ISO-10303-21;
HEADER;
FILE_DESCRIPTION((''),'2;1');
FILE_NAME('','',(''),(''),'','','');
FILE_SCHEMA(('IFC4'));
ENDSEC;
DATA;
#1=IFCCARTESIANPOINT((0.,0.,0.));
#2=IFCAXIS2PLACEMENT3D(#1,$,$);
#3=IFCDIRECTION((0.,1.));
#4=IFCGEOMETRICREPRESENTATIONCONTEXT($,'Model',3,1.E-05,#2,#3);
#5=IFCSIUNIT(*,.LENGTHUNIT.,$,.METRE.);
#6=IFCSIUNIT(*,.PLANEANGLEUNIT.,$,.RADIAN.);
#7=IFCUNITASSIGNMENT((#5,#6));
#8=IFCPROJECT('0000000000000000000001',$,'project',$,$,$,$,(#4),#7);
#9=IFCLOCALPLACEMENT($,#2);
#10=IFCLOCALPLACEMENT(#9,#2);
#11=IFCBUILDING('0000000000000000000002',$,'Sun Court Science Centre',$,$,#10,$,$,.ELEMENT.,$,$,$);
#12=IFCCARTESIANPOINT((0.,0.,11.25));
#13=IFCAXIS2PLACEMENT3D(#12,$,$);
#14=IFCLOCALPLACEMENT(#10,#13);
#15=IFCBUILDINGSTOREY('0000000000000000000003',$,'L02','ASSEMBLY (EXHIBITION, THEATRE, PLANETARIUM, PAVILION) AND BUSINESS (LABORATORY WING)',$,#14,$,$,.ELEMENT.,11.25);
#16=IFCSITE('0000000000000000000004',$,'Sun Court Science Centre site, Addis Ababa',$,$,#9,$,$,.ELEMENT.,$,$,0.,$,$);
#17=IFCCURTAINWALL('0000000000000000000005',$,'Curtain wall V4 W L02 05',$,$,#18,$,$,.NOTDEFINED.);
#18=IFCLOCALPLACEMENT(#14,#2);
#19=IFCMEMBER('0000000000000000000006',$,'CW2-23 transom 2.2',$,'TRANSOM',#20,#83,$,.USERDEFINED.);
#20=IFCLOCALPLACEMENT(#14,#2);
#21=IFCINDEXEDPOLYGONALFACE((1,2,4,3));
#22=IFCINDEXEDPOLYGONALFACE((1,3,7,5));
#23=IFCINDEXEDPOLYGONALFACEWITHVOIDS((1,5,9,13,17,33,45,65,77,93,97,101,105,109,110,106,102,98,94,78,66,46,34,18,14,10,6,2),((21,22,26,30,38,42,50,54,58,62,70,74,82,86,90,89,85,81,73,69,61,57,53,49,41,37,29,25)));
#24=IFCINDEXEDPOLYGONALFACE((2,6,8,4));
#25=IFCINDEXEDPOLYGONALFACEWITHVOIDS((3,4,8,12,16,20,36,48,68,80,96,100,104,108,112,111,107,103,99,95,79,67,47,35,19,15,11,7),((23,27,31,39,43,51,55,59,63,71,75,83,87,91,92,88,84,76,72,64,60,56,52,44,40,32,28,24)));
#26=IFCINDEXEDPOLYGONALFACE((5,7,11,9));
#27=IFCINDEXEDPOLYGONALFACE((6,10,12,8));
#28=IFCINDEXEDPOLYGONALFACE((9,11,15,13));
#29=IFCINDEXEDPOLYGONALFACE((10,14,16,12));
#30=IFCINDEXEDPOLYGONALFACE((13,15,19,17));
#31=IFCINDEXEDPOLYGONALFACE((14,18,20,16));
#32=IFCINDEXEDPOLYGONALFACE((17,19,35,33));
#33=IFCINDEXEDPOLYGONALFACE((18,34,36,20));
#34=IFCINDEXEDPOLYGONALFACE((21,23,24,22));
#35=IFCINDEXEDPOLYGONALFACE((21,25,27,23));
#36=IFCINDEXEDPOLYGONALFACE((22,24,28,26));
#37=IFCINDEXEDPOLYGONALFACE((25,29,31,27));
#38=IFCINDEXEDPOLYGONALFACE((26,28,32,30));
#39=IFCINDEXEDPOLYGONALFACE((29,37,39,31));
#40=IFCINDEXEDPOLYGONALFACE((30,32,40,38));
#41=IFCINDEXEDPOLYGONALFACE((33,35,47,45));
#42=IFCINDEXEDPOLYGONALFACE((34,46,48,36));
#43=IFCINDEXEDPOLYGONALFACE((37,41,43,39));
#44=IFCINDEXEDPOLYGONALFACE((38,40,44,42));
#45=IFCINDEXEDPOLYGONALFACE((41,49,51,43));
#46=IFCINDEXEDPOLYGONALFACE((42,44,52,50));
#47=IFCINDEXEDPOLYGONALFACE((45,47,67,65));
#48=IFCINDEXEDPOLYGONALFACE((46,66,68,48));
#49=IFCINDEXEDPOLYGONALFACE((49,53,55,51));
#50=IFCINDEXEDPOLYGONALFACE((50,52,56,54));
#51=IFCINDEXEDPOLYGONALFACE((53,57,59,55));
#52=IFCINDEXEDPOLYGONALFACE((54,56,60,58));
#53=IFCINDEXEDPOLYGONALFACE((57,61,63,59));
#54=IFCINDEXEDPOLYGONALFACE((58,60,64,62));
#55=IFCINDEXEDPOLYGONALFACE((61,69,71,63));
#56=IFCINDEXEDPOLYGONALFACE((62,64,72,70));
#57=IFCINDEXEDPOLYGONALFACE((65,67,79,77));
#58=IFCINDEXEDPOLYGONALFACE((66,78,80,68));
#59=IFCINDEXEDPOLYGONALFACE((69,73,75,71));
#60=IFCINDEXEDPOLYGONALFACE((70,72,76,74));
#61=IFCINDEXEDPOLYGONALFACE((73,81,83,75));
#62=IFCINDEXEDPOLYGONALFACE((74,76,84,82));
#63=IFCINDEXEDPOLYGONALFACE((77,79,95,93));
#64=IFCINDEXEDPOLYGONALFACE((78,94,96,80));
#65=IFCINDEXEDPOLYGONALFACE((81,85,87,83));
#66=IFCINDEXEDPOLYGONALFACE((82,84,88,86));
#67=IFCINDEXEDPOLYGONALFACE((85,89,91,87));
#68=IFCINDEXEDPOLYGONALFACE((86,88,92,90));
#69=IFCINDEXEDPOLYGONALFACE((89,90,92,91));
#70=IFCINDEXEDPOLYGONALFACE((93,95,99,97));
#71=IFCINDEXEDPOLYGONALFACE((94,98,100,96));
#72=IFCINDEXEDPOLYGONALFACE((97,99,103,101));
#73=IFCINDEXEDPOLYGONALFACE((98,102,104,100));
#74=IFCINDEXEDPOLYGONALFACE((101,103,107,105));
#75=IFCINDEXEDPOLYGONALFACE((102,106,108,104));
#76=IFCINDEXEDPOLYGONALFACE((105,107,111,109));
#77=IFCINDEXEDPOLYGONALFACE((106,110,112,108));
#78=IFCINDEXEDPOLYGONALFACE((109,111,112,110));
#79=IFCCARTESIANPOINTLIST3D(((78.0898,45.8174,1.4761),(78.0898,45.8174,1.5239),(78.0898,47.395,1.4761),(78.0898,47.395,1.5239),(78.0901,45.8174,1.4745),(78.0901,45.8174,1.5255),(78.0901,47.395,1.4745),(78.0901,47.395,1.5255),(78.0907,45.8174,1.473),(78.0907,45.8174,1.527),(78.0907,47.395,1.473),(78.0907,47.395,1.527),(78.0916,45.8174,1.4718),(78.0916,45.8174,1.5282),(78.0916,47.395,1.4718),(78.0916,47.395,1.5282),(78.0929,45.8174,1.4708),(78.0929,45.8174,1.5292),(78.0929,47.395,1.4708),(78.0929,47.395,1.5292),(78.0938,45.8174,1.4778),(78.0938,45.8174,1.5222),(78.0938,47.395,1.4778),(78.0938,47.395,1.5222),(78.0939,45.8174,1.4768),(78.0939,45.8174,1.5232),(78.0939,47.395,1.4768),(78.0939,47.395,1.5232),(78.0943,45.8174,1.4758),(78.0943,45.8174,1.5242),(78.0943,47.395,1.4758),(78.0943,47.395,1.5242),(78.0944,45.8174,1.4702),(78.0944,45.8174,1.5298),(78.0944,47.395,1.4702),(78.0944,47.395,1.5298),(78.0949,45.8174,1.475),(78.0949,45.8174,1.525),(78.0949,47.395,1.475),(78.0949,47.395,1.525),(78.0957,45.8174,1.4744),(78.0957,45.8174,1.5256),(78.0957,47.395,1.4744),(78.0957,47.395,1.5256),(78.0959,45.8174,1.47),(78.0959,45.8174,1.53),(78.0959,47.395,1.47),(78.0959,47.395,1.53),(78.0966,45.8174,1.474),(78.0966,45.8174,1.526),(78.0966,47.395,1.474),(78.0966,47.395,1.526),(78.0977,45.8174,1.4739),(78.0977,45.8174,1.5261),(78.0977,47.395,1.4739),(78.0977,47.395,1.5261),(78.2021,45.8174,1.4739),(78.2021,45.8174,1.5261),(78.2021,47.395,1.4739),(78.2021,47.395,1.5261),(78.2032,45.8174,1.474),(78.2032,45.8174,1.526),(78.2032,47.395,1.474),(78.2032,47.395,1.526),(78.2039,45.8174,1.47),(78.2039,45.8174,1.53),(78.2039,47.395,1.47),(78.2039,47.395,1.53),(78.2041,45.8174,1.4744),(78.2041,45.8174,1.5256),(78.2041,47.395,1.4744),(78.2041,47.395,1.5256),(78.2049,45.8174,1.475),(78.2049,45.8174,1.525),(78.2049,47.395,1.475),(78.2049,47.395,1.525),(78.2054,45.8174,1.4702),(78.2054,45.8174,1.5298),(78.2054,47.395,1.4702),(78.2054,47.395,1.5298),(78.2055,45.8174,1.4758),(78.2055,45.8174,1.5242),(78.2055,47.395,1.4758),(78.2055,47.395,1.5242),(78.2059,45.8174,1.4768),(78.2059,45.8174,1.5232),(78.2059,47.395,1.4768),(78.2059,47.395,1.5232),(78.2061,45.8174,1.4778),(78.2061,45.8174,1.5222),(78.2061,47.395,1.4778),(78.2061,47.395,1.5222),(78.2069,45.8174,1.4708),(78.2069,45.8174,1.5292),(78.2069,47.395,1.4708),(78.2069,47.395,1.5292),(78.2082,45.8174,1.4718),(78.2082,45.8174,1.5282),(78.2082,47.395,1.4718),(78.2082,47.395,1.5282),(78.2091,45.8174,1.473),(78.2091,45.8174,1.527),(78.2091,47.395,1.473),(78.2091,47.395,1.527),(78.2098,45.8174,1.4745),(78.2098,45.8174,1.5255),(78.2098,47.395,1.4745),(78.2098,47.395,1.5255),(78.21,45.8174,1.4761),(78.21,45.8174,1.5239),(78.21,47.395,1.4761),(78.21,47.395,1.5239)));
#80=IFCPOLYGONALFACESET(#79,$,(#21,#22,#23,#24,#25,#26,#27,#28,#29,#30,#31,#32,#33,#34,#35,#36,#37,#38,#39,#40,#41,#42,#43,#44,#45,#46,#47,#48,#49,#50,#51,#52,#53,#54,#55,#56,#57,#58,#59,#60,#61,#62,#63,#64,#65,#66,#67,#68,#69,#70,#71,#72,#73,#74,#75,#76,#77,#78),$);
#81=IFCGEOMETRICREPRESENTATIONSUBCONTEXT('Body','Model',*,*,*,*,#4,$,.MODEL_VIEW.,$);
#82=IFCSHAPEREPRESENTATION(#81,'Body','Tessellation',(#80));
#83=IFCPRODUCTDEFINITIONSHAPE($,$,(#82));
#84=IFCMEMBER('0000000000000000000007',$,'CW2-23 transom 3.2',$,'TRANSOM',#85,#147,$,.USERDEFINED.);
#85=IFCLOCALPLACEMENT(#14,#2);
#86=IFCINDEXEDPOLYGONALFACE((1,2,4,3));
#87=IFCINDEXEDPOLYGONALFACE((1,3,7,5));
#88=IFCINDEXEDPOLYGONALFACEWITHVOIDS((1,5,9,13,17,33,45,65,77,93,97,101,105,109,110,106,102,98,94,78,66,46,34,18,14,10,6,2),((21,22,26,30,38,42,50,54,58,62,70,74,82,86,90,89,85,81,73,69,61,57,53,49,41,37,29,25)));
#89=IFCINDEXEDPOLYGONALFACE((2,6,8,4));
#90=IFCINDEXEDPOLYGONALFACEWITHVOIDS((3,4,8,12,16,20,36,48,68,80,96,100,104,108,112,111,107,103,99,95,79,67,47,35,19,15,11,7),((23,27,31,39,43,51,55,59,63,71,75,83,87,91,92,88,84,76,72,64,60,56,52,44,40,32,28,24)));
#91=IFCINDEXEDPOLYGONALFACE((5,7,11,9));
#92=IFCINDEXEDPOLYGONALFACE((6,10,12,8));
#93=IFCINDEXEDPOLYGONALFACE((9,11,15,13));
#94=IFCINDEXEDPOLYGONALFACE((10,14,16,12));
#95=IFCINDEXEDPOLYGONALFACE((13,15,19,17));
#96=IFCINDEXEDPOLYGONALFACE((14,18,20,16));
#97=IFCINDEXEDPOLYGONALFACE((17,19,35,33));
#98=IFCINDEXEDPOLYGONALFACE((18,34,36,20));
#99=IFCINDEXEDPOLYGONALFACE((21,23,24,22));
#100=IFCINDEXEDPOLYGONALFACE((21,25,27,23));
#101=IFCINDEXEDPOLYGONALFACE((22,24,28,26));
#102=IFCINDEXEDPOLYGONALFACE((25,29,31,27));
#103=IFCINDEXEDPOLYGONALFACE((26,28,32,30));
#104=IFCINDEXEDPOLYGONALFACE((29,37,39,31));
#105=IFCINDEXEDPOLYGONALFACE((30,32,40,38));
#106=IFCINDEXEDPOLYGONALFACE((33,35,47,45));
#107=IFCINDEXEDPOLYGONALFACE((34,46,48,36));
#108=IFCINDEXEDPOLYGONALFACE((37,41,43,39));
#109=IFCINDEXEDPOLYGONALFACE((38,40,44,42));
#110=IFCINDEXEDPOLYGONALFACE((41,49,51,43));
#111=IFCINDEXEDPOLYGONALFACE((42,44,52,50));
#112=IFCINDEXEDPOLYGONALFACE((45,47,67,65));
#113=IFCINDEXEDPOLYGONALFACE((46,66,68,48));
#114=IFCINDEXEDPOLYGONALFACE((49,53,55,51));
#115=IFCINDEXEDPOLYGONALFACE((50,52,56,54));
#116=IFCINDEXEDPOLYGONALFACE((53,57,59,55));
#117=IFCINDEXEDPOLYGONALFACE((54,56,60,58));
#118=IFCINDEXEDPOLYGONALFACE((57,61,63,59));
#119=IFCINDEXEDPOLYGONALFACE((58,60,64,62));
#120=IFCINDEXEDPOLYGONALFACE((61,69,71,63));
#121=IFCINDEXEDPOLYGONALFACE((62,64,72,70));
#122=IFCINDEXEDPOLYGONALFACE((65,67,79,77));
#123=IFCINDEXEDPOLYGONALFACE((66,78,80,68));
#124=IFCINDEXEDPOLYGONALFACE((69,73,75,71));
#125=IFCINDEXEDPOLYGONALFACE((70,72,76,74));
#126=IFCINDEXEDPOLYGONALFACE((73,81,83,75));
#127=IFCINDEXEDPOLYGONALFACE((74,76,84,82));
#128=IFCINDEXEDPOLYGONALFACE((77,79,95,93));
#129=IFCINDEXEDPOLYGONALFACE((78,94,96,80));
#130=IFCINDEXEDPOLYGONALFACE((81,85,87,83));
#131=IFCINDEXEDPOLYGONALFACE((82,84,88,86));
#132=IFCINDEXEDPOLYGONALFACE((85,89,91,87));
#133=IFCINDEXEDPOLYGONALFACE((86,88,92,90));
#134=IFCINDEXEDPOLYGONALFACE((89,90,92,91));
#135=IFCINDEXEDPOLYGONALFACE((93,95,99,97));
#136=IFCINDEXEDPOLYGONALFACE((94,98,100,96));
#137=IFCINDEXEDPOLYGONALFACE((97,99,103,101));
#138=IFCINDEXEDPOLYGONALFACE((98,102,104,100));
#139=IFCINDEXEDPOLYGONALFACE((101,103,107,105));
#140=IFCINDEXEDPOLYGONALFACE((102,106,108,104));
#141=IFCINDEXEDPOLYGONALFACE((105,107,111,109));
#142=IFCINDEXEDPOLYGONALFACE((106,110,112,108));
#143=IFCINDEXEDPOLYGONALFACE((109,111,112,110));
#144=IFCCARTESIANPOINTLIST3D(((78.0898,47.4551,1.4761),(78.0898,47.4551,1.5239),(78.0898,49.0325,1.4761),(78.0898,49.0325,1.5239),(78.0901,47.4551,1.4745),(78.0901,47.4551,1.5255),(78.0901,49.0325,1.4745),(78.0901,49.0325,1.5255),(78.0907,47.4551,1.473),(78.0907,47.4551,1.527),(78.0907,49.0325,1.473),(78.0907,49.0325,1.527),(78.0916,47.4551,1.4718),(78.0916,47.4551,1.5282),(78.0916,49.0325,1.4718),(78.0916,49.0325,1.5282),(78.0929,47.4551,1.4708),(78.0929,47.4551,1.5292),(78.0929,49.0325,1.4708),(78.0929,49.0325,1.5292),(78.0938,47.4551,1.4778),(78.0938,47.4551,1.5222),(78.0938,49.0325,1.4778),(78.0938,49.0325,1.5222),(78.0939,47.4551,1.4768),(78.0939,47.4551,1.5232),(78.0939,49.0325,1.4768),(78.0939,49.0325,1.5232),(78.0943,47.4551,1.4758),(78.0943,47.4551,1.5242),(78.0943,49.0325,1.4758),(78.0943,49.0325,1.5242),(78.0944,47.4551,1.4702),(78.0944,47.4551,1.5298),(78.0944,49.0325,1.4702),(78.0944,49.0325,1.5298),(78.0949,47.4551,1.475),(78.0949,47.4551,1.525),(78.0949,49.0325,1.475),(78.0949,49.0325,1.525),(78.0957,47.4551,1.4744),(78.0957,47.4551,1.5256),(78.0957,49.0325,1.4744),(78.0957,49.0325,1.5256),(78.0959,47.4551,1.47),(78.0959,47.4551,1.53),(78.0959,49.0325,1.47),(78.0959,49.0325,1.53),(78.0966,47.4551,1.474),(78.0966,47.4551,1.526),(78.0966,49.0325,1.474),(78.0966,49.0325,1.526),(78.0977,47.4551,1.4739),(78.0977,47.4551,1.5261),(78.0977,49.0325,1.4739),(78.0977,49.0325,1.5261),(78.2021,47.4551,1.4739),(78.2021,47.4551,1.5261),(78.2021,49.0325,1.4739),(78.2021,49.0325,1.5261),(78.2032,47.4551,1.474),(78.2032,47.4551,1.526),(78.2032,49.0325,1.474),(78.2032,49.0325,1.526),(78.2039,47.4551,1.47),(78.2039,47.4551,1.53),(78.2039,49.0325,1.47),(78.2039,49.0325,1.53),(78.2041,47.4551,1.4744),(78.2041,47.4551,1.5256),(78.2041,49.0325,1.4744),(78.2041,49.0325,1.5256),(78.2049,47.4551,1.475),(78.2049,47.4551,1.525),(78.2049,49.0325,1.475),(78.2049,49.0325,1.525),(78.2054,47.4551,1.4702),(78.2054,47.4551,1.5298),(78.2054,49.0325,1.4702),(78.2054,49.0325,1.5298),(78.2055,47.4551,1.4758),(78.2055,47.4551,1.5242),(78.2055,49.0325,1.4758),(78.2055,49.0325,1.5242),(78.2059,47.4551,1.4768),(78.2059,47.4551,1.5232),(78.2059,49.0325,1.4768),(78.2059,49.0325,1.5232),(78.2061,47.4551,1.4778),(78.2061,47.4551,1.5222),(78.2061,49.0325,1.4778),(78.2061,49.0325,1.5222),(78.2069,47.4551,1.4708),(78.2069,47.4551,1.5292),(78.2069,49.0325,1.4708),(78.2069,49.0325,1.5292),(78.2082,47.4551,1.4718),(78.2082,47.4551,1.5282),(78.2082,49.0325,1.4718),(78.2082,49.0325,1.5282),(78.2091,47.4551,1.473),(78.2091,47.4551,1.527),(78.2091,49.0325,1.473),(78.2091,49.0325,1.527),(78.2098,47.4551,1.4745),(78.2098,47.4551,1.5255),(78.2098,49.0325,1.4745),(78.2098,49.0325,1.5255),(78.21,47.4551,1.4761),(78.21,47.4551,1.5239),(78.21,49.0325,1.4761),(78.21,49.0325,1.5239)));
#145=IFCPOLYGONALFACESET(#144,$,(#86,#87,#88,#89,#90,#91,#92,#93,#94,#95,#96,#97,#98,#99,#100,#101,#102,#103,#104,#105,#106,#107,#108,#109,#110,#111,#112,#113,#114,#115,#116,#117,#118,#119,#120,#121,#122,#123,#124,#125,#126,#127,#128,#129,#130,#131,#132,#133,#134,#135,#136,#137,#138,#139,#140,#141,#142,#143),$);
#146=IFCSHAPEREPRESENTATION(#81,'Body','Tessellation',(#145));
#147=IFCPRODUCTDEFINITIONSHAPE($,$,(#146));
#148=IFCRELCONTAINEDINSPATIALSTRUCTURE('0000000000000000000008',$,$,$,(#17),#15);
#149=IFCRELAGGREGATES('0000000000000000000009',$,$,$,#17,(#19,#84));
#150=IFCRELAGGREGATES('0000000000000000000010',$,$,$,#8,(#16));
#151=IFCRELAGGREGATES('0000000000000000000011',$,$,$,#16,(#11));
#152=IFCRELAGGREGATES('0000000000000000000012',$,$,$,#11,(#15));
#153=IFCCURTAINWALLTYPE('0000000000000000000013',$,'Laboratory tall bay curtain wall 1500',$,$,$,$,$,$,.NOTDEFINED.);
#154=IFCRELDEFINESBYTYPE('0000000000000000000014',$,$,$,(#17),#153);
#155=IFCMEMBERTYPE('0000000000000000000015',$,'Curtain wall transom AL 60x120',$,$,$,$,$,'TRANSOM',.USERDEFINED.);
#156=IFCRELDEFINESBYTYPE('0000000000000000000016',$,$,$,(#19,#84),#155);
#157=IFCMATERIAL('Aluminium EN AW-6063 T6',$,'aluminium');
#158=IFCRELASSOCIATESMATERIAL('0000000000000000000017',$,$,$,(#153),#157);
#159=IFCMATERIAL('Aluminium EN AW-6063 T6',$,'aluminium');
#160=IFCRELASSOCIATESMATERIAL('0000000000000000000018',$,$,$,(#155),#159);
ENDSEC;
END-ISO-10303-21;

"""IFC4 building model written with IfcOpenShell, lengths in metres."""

from ifc_helpers import new_model, si_unit, direction, frame, origin, origin_2d, place, context, subcontext, project, spatial, hollow_rectangle, extrude, material, material_profile, profile_set, type_object, element, aggregate, save


model = new_model("IFC4")

# Units and contexts
model_context = context("Model", 3, precision=1e-05, world=origin(), true_north=direction((0.0, 1.0)))
body_context = subcontext(model_context, "Body", "Model", "MODEL_VIEW")
ifc_project = project(units=[si_unit("LENGTHUNIT", "METRE"), si_unit("PLANEANGLEUNIT", "RADIAN")], contexts=[model_context])

# Site, building, storey
site_placement = place(None, origin())
site = spatial("IfcSite", under=ifc_project, at=site_placement, Name="Sun Court Science Centre site, Addis Ababa", CompositionType="ELEMENT", RefElevation=0.0)
building_placement = place(site_placement, origin())
building = spatial("IfcBuilding", under=site, at=building_placement, Name="Sun Court Science Centre", CompositionType="ELEMENT")
storey_placement = place(building_placement, frame((0.0, 0.0, 11.25)))
storey = spatial("IfcBuildingStorey", under=building, at=storey_placement, Name="L02", Description="ASSEMBLY (EXHIBITION, THEATRE, PLANETARIUM, PAVILION) AND BUSINESS (LABORATORY WING)", CompositionType="ELEMENT", Elevation=11.25)

# Shared definitions
ifc_material_1 = material(Name="Aluminium EN AW-6063 T6", Category="aluminium")
curtain_wall_type = type_object("IfcCurtainWallType", Name="Laboratory tall bay curtain wall 1500", PredefinedType="NOTDEFINED", material=ifc_material_1)

# Curtain wall, members
curtain_wall_1_placement = place(storey_placement, origin())
curtain_wall_1 = element("IfcCurtainWall", 1, at=curtain_wall_1_placement, inside=storey, type_object=curtain_wall_type, Name="Curtain wall V4 W L02 05", PredefinedType="NOTDEFINED")
ifc_material_2 = material(Name="Aluminium EN AW-6063 T6", Category="aluminium")
ifc_material_profile_1 = material_profile(ifc_material_2, hollow_rectangle(XDim=0.0601, YDim=0.1201, WallThickness=0.0039, InnerFilletRadius=0.0039, OuterFilletRadius=0.0061, at=origin_2d()), Name="AL 60x120x4")
ifc_profile_set_1 = profile_set([ifc_material_profile_1], Name="Aluminium EN AW-6063 T6")
member_type_1 = type_object("IfcMemberType", Name="Curtain wall transom AL 60x120", ElementType="TRANSOM", PredefinedType="USERDEFINED", material=ifc_profile_set_1)
member_1_placement = place(storey_placement, frame((78.1499, 45.8174, 1.5), z_axis=(0.0, 1.0, 0.0), x_axis=(0.0, 0.0, 1.0)))
member_1 = element("IfcMember", 2, at=member_1_placement, type_object=member_type_1, Name="CW2-23 transom 2.2", ObjectType="TRANSOM", PredefinedType="USERDEFINED", context=body_context, shape_type="SweptSolid", body=[
    extrude(hollow_rectangle(XDim=0.0601, YDim=0.1201, WallThickness=0.0039, InnerFilletRadius=0.0039, OuterFilletRadius=0.0061, at=origin_2d()), origin(), (0.0, 0.0, 1.0), 1.5776),
])
member_2_placement = place(storey_placement, frame((78.1499, 47.4551, 1.5), z_axis=(0.0, 1.0, 0.0), x_axis=(0.0, 0.0, 1.0)))
member_2 = element("IfcMember", 3, at=member_2_placement, type_object=member_type_1, Name="CW2-23 transom 3.2", ObjectType="TRANSOM", PredefinedType="USERDEFINED", context=body_context, shape_type="SweptSolid", body=[
    extrude(hollow_rectangle(XDim=0.0601, YDim=0.1201, WallThickness=0.0039, InnerFilletRadius=0.0039, OuterFilletRadius=0.0061, at=origin_2d()), origin(), (0.0, 0.0, 1.0), 1.5774),
])

aggregate(curtain_wall_1, [member_1, member_2])

save(model, "model.ifc")
